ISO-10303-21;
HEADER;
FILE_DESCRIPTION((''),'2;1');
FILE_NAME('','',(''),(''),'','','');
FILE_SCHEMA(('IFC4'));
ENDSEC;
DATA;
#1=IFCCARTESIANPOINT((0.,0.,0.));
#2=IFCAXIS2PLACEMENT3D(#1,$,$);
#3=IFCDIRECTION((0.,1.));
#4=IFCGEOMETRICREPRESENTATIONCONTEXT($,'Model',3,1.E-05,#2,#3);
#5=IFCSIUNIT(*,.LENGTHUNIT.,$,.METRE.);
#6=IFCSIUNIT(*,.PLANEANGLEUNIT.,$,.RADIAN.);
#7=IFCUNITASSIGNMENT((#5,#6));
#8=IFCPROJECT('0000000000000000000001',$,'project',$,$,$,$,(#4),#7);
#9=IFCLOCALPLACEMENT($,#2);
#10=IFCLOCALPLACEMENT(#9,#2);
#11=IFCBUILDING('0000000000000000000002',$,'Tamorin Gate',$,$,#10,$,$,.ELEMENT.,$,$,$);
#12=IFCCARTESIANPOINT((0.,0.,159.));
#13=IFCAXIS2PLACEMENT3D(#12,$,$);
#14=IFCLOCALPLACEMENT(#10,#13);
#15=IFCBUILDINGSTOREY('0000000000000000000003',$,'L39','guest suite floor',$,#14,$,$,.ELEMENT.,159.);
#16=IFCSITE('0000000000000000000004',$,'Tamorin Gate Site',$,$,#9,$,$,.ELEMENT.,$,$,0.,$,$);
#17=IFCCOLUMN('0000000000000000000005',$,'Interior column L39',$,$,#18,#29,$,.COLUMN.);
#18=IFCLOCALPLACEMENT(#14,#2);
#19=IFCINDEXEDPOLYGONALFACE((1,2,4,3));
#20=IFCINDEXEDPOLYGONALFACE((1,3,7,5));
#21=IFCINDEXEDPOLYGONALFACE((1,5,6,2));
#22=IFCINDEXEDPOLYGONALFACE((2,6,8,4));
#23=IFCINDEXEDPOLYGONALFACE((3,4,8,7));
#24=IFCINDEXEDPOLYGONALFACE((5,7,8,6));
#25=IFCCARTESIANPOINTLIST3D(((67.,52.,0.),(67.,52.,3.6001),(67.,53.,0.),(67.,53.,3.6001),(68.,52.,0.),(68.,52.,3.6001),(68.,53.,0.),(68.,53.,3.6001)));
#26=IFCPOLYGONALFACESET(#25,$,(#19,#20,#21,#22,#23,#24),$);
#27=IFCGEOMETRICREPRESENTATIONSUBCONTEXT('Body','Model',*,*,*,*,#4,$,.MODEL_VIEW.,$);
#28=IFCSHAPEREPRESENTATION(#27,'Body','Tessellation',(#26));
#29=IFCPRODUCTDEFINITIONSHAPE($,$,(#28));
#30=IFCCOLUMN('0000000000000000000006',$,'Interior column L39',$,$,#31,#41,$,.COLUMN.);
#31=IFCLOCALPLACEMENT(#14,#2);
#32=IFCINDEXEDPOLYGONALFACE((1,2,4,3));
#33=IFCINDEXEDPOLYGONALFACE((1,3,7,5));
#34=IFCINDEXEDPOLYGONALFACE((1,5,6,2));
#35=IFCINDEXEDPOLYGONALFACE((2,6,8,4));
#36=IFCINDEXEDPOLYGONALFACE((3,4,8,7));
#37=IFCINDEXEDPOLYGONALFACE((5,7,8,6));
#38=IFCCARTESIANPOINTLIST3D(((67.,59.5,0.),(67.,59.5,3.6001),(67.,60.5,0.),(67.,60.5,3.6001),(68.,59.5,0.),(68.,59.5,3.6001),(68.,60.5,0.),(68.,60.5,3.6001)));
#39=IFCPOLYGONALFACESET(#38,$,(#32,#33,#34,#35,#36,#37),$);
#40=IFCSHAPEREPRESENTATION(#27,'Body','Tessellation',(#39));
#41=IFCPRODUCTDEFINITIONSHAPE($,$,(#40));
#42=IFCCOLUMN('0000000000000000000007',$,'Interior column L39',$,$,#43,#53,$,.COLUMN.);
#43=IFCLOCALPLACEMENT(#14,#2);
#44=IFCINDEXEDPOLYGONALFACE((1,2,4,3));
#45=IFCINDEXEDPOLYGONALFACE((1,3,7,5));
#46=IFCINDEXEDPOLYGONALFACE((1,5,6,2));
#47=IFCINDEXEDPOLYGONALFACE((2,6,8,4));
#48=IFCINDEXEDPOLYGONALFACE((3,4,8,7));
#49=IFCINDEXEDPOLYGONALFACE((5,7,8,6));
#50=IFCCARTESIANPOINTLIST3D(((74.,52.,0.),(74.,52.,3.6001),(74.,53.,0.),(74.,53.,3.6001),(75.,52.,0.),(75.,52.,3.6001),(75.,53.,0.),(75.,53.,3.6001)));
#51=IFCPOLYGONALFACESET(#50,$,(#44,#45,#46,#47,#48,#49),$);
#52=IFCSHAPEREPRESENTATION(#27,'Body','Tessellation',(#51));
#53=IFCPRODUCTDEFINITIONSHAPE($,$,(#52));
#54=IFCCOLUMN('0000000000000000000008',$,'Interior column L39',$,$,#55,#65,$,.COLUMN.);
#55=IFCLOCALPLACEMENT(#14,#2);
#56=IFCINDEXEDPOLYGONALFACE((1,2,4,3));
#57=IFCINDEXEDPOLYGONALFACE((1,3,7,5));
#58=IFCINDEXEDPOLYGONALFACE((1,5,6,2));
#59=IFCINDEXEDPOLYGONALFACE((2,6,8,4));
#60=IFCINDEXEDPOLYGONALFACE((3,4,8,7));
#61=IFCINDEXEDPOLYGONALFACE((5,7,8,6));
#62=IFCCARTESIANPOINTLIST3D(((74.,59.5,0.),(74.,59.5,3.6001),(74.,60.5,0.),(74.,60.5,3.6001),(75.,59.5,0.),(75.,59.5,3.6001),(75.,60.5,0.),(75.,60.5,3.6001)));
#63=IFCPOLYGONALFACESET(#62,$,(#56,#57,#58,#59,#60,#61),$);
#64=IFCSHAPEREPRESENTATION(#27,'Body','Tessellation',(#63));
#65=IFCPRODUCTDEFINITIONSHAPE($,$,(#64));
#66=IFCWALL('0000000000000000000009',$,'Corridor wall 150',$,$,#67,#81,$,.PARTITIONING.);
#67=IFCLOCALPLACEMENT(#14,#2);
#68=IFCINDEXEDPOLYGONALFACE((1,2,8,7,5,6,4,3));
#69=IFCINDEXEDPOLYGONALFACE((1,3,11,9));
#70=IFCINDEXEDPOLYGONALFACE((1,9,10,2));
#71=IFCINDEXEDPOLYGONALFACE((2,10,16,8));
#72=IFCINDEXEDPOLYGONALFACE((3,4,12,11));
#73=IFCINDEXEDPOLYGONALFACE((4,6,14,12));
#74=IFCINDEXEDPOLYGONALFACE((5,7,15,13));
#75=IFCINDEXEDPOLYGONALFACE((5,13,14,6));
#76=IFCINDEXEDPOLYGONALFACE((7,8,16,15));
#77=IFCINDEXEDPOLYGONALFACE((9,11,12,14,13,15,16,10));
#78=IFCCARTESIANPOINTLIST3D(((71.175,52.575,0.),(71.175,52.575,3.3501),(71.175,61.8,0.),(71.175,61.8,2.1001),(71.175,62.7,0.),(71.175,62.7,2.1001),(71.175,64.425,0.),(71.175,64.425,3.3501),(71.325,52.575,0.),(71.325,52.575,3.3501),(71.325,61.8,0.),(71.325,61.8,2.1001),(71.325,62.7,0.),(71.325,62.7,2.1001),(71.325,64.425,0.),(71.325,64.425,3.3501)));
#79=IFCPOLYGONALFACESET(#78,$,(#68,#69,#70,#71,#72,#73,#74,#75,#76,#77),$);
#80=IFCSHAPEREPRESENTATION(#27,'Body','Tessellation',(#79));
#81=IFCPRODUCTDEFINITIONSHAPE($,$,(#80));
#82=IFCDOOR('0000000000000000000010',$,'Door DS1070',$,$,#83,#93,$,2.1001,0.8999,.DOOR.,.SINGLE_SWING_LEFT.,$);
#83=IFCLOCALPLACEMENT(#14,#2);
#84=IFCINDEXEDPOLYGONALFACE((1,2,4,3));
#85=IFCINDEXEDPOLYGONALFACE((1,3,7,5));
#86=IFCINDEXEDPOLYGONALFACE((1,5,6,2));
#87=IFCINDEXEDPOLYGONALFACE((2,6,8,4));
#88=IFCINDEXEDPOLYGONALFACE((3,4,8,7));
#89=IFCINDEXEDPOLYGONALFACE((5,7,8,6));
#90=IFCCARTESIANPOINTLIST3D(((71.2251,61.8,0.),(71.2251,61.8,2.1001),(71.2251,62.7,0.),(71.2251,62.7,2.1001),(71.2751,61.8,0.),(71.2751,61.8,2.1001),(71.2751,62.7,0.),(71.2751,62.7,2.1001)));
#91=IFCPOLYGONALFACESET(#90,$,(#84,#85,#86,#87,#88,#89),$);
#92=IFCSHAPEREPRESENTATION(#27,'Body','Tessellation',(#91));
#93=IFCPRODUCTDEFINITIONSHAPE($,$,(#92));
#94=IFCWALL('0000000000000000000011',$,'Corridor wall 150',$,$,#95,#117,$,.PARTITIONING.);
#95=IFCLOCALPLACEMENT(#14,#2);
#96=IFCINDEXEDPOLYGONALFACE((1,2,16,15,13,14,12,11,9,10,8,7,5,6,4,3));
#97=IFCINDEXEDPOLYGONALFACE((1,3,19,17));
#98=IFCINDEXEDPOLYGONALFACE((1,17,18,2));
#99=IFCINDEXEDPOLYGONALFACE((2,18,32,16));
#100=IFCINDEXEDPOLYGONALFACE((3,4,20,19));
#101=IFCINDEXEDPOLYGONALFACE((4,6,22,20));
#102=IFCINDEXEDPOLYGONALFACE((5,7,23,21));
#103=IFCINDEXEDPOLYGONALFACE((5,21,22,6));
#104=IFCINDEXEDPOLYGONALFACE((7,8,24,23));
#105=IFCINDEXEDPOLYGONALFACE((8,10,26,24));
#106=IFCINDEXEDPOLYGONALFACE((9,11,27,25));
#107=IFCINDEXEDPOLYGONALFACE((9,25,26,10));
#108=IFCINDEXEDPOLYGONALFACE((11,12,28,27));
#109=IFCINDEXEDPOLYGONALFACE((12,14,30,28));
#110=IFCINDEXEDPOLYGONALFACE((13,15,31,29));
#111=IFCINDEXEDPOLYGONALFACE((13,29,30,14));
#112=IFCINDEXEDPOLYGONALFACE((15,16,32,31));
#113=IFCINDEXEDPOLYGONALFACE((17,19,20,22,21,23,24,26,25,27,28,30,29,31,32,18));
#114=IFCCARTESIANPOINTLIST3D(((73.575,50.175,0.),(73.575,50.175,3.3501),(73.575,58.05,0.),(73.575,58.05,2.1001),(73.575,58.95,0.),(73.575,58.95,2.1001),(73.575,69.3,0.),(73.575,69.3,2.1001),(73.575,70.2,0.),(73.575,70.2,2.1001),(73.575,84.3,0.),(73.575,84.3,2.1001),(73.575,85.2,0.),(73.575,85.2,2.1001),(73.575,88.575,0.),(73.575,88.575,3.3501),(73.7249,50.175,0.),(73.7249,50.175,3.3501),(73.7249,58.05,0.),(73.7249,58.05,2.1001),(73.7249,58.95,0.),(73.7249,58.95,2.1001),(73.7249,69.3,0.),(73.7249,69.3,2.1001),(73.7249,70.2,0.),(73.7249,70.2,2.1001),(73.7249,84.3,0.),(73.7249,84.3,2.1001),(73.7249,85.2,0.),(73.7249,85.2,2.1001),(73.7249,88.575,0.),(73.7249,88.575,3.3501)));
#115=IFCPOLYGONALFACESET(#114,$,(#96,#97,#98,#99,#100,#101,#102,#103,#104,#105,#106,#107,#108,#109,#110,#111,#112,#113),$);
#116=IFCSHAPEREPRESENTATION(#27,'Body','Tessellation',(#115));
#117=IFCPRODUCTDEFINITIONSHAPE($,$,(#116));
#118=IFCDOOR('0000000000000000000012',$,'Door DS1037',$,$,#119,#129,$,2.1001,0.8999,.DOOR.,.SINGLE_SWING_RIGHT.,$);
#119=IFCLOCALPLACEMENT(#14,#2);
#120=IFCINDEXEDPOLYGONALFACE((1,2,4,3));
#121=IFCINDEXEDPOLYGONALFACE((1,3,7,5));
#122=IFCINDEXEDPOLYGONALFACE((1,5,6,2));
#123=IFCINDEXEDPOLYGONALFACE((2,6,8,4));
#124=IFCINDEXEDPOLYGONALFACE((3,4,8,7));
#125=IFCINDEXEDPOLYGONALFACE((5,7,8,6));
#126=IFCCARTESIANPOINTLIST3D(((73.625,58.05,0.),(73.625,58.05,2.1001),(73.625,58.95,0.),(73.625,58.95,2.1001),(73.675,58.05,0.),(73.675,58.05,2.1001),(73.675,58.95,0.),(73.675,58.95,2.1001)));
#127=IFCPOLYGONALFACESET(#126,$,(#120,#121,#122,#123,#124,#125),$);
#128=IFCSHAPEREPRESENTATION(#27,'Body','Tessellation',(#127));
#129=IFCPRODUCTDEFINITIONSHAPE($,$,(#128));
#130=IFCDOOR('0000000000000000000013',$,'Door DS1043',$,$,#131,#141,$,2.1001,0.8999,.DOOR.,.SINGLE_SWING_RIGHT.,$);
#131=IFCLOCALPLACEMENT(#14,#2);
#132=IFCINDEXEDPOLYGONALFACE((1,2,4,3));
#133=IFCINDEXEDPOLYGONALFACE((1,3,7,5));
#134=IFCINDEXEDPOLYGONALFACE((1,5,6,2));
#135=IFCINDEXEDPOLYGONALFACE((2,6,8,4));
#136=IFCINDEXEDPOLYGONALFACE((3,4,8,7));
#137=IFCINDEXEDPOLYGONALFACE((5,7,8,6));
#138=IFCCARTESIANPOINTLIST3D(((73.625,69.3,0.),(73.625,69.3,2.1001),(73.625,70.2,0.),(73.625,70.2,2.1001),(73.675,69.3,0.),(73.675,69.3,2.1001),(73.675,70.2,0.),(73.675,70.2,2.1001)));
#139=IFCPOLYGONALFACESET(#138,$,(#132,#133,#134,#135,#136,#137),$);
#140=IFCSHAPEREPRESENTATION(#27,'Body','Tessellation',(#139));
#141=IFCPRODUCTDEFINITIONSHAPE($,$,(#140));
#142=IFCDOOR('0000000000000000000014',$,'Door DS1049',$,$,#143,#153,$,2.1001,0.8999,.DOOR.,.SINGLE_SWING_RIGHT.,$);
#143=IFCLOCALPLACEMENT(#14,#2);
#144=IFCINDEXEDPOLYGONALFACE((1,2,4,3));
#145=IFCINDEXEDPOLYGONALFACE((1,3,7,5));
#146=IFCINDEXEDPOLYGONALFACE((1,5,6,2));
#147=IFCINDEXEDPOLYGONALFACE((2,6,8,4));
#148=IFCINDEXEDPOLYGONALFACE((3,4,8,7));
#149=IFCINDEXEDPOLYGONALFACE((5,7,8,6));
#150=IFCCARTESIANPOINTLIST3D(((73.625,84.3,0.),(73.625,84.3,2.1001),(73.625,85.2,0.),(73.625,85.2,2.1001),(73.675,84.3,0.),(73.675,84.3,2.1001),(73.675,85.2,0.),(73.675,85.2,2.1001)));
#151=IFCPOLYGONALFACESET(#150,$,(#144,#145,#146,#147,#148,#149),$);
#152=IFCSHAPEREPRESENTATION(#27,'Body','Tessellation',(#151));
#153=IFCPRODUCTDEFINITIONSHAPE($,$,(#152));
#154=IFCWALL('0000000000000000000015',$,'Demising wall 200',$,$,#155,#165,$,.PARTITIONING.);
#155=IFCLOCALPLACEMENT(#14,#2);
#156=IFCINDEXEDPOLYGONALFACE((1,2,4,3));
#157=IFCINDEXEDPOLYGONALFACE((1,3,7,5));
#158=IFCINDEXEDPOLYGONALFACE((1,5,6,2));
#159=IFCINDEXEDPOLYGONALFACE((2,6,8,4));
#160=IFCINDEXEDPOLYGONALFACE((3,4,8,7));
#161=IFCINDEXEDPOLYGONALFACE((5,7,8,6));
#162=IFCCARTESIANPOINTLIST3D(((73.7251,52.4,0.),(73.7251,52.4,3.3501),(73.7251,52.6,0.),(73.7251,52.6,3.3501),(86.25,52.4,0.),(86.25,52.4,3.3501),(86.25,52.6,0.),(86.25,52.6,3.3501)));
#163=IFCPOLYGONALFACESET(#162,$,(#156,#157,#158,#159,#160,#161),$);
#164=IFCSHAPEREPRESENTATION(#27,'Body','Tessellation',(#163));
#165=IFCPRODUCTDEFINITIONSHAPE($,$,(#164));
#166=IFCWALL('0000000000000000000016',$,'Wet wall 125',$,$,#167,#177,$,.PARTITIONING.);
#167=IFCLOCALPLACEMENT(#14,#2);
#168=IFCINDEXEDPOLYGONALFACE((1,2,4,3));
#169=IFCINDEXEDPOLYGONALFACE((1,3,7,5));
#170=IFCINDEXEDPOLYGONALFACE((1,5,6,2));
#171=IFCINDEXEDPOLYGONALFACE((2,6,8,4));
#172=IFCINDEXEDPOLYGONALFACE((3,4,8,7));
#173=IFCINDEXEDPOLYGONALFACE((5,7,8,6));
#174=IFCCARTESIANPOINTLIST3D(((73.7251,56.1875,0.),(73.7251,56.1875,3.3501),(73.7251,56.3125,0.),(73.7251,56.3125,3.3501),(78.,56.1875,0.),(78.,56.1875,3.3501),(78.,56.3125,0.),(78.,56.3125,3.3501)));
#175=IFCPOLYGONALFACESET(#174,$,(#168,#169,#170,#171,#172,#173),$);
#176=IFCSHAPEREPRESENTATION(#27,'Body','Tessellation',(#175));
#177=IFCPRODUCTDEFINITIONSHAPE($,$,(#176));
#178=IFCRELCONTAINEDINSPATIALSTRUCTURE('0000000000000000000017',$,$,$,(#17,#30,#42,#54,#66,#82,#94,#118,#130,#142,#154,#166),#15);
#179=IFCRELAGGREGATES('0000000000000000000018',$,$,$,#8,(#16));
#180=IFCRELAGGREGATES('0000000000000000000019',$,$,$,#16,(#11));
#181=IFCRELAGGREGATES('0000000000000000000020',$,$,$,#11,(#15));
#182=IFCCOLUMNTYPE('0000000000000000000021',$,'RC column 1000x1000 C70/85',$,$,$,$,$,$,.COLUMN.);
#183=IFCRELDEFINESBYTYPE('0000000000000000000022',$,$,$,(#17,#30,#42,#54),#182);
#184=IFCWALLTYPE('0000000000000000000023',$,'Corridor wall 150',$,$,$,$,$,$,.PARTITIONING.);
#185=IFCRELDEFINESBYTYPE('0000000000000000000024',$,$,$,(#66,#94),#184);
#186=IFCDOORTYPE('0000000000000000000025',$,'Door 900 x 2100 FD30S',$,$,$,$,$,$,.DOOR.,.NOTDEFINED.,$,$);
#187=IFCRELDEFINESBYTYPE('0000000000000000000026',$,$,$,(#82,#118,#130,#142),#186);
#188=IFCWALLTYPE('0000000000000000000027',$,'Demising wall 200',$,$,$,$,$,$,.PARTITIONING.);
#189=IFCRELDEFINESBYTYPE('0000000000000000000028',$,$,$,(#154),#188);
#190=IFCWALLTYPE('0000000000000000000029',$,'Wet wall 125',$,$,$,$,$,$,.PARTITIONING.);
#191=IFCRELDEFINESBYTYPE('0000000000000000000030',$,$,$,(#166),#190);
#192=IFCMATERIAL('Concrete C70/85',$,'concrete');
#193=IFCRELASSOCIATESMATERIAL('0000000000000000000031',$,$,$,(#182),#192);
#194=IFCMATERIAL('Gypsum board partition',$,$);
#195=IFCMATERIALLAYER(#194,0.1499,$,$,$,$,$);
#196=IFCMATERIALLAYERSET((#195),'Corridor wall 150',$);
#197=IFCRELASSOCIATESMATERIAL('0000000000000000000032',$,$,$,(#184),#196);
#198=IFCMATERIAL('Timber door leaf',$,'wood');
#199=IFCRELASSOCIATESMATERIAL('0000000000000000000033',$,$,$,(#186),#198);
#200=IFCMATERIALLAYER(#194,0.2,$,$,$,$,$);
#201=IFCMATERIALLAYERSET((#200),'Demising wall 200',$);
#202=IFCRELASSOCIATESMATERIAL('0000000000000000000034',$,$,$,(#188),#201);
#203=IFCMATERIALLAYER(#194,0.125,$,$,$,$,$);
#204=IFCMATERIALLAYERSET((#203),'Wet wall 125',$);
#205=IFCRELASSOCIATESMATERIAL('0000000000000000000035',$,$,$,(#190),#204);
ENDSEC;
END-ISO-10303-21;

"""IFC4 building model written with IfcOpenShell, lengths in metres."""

from ifc_helpers import new_model, si_unit, direction, frame, frame_2d, origin, origin_2d, place, context, subcontext, project, spatial, rectangle, extrude, material, layer, layer_set, material_profile, profile_set, type_object, element, fill, save


model = new_model("IFC4")

# Units and contexts
model_context = context("Model", 3, precision=1e-05, world=origin(), true_north=direction((0.0, 1.0)))
body_context = subcontext(model_context, "Body", "Model", "MODEL_VIEW")
ifc_project = project(units=[si_unit("LENGTHUNIT", "METRE"), si_unit("PLANEANGLEUNIT", "RADIAN")], contexts=[model_context])

# Site, building, storey
site_placement = place(None, origin())
site = spatial("IfcSite", under=ifc_project, at=site_placement, Name="Tamorin Gate Site", CompositionType="ELEMENT", RefElevation=0.0)
building_placement = place(site_placement, origin())
building = spatial("IfcBuilding", under=site, at=building_placement, Name="Tamorin Gate", CompositionType="ELEMENT")
storey_placement = place(building_placement, frame((0.0, 0.0, 159.0)))
storey = spatial("IfcBuildingStorey", under=building, at=storey_placement, Name="L39", Description="guest suite floor", CompositionType="ELEMENT", Elevation=159.0)

# Columns
ifc_material_1 = material(Name="Concrete C70/85", Category="concrete")
ifc_material_profile = material_profile(ifc_material_1, rectangle(XDim=1.0, YDim=1.0, at=origin_2d()), Name="RC 1000x1000")
ifc_profile_set = profile_set([ifc_material_profile], Name="Concrete C70/85")
column_type = type_object("IfcColumnType", Name="RC column 1000x1000 C70/85", PredefinedType="COLUMN", material=ifc_profile_set)
for number, where, z_axis, x_axis, name in (
    (1, (67.5, 52.5, 0.0), (0.0, 0.0, 1.0), (1.0, 0.0, 0.0), "Interior column L39"),
    (2, (67.5, 60.0, 0.0), (0.0, 0.0, 1.0), (1.0, 0.0, 0.0), "Interior column L39"),
    (3, (74.5, 52.5, 0.0), (0.0, 0.0, 1.0), (1.0, 0.0, 0.0), "Interior column L39"),
    (4, (74.5, 60.0, 0.0), (0.0, 0.0, 1.0), (1.0, 0.0, 0.0), "Interior column L39"),
):
    element("IfcColumn", number, at=place(storey_placement, frame(where, z_axis=z_axis, x_axis=x_axis)), inside=storey, type_object=column_type, Name=name, PredefinedType="COLUMN", context=body_context, shape_type="SweptSolid", body=[
        extrude(rectangle(XDim=1.0, YDim=1.0, at=origin_2d()), origin(), (0.0, 0.0, 1.0), 3.6001),
    ])

# Wall, opening, door
ifc_material_2 = material(Name="Gypsum board partition")
ifc_layer_1 = layer(ifc_material_2, 0.1499)
ifc_layer_set_1 = layer_set([ifc_layer_1], Name="Corridor wall 150")
wall_type_1 = type_object("IfcWallType", Name="Corridor wall 150", PredefinedType="PARTITIONING", material=ifc_layer_set_1)
wall_1_placement = place(storey_placement, frame((71.25, 52.575, 0.0), z_axis=(0.0, 0.0, 1.0), x_axis=(0.0, 1.0, 0.0)))
wall_1 = element("IfcWall", 5, at=wall_1_placement, inside=storey, type_object=wall_type_1, Name="Corridor wall 150", PredefinedType="PARTITIONING", context=body_context, shape_type="SweptSolid", body=[
    extrude(rectangle(XDim=11.8501, YDim=0.1499, at=frame_2d((5.925, 0.0))), origin(), (0.0, 0.0, 1.0), 3.3501),
])
opening_1_placement = place(wall_1_placement, frame((9.2251, 0.0, 0.0)))
opening_1 = element("IfcOpeningElement", 6, at=opening_1_placement, cuts=wall_1, PredefinedType="OPENING", context=body_context, shape_type="SweptSolid", body=[
    extrude(rectangle(XDim=0.8999, YDim=2.1001, at=frame_2d((0.45, 1.05))), frame((0.0, 0.085, 0.0), z_axis=(0.0, -1.0, 0.0), x_axis=(1.0, 0.0, 0.0)), (0.0, 0.0, 1.0), 0.1699),
])
ifc_material_3 = material(Name="Timber door leaf", Category="wood")
door_type_1 = type_object("IfcDoorType", Name="Door 900 x 2100 FD30S", OperationType="NOTDEFINED", PredefinedType="DOOR", material=ifc_material_3)
door_1_placement = place(opening_1_placement, origin())
door_1 = element("IfcDoor", 7, at=door_1_placement, inside=storey, type_object=door_type_1, Name="Door DS1070", OperationType="SINGLE_SWING_LEFT", OverallHeight=2.1001, OverallWidth=0.8999, PredefinedType="DOOR", context=body_context, shape_type="SweptSolid", body=[
    extrude(rectangle(XDim=0.8999, YDim=2.1001, at=frame_2d((0.45, 1.05))), frame((0.0, 0.0249, 0.0), z_axis=(0.0, -1.0, 0.0), x_axis=(1.0, 0.0, 0.0)), (0.0, 0.0, 1.0), 0.05),
])
fill(opening_1, door_1)

# Wall, openings, doors
wall_2_placement = place(storey_placement, frame((73.6499, 50.175, 0.0), z_axis=(0.0, 0.0, 1.0), x_axis=(0.0, 1.0, 0.0)))
wall_2 = element("IfcWall", 8, at=wall_2_placement, inside=storey, type_object=wall_type_1, Name="Corridor wall 150", PredefinedType="PARTITIONING", context=body_context, shape_type="SweptSolid", body=[
    extrude(rectangle(XDim=38.3999, YDim=0.1499, at=frame_2d((19.2, 0.0))), origin(), (0.0, 0.0, 1.0), 3.3501),
])
opening_2_placement = place(wall_2_placement, frame((7.875, 0.0, 0.0)))
opening_2 = element("IfcOpeningElement", 9, at=opening_2_placement, cuts=wall_2, PredefinedType="OPENING", context=body_context, shape_type="SweptSolid", body=[
    extrude(rectangle(XDim=0.8999, YDim=2.1001, at=frame_2d((0.45, 1.05))), frame((0.0, 0.085, 0.0), z_axis=(0.0, -1.0, 0.0), x_axis=(1.0, 0.0, 0.0)), (0.0, 0.0, 1.0), 0.1699),
])
opening_3_placement = place(wall_2_placement, frame((19.125, 0.0, 0.0)))
opening_3 = element("IfcOpeningElement", 10, at=opening_3_placement, cuts=wall_2, PredefinedType="OPENING", context=body_context, shape_type="SweptSolid", body=[
    extrude(rectangle(XDim=0.8999, YDim=2.1001, at=frame_2d((0.45, 1.05))), frame((0.0, 0.085, 0.0), z_axis=(0.0, -1.0, 0.0), x_axis=(1.0, 0.0, 0.0)), (0.0, 0.0, 1.0), 0.1699),
])
opening_4_placement = place(wall_2_placement, frame((34.125, 0.0, 0.0)))
opening_4 = element("IfcOpeningElement", 11, at=opening_4_placement, cuts=wall_2, PredefinedType="OPENING", context=body_context, shape_type="SweptSolid", body=[
    extrude(rectangle(XDim=0.8999, YDim=2.1001, at=frame_2d((0.45, 1.05))), frame((0.0, 0.085, 0.0), z_axis=(0.0, -1.0, 0.0), x_axis=(1.0, 0.0, 0.0)), (0.0, 0.0, 1.0), 0.1699),
])
door_2_placement = place(opening_2_placement, origin())
door_2 = element("IfcDoor", 12, at=door_2_placement, inside=storey, type_object=door_type_1, Name="Door DS1037", OperationType="SINGLE_SWING_RIGHT", OverallHeight=2.1001, OverallWidth=0.8999, PredefinedType="DOOR", context=body_context, shape_type="SweptSolid", body=[
    extrude(rectangle(XDim=0.8999, YDim=2.1001, at=frame_2d((0.45, 1.05))), frame((0.0, 0.0249, 0.0), z_axis=(0.0, -1.0, 0.0), x_axis=(1.0, 0.0, 0.0)), (0.0, 0.0, 1.0), 0.05),
])
fill(opening_2, door_2)
door_3_placement = place(opening_3_placement, origin())
door_3 = element("IfcDoor", 13, at=door_3_placement, inside=storey, type_object=door_type_1, Name="Door DS1043", OperationType="SINGLE_SWING_RIGHT", OverallHeight=2.1001, OverallWidth=0.8999, PredefinedType="DOOR", context=body_context, shape_type="SweptSolid", body=[
    extrude(rectangle(XDim=0.8999, YDim=2.1001, at=frame_2d((0.45, 1.05))), frame((0.0, 0.0249, 0.0), z_axis=(0.0, -1.0, 0.0), x_axis=(1.0, 0.0, 0.0)), (0.0, 0.0, 1.0), 0.05),
])
fill(opening_3, door_3)
door_4_placement = place(opening_4_placement, origin())
door_4 = element("IfcDoor", 14, at=door_4_placement, inside=storey, type_object=door_type_1, Name="Door DS1049", OperationType="SINGLE_SWING_RIGHT", OverallHeight=2.1001, OverallWidth=0.8999, PredefinedType="DOOR", context=body_context, shape_type="SweptSolid", body=[
    extrude(rectangle(XDim=0.8999, YDim=2.1001, at=frame_2d((0.45, 1.05))), frame((0.0, 0.0249, 0.0), z_axis=(0.0, -1.0, 0.0), x_axis=(1.0, 0.0, 0.0)), (0.0, 0.0, 1.0), 0.05),
])
fill(opening_4, door_4)

# Walls
ifc_layer_2 = layer(ifc_material_2, 0.2)
ifc_layer_set_2 = layer_set([ifc_layer_2], Name="Demising wall 200")
wall_type_2 = type_object("IfcWallType", Name="Demising wall 200", PredefinedType="PARTITIONING", material=ifc_layer_set_2)
wall_3_placement = place(storey_placement, frame((73.7251, 52.5, 0.0), z_axis=(0.0, 0.0, 1.0), x_axis=(1.0, 0.0, 0.0)))
element("IfcWall", 15, at=wall_3_placement, inside=storey, type_object=wall_type_2, Name="Demising wall 200", PredefinedType="PARTITIONING", context=body_context, shape_type="SweptSolid", body=[
    extrude(rectangle(XDim=12.5249, YDim=0.2, at=frame_2d((6.2625, 0.0))), origin(), (0.0, 0.0, 1.0), 3.3501),
])
ifc_layer_3 = layer(ifc_material_2, 0.125)
ifc_layer_set_3 = layer_set([ifc_layer_3], Name="Wet wall 125")
wall_type_3 = type_object("IfcWallType", Name="Wet wall 125", PredefinedType="PARTITIONING", material=ifc_layer_set_3)
wall_4_placement = place(storey_placement, frame((73.7251, 56.25, 0.0), z_axis=(0.0, 0.0, 1.0), x_axis=(1.0, 0.0, 0.0)))
element("IfcWall", 16, at=wall_4_placement, inside=storey, type_object=wall_type_3, Name="Wet wall 125", PredefinedType="PARTITIONING", context=body_context, shape_type="SweptSolid", body=[
    extrude(rectangle(XDim=4.2749, YDim=0.125, at=frame_2d((2.1375, 0.0))), origin(), (0.0, 0.0, 1.0), 3.3501),
])

save(model, "model.ifc")
